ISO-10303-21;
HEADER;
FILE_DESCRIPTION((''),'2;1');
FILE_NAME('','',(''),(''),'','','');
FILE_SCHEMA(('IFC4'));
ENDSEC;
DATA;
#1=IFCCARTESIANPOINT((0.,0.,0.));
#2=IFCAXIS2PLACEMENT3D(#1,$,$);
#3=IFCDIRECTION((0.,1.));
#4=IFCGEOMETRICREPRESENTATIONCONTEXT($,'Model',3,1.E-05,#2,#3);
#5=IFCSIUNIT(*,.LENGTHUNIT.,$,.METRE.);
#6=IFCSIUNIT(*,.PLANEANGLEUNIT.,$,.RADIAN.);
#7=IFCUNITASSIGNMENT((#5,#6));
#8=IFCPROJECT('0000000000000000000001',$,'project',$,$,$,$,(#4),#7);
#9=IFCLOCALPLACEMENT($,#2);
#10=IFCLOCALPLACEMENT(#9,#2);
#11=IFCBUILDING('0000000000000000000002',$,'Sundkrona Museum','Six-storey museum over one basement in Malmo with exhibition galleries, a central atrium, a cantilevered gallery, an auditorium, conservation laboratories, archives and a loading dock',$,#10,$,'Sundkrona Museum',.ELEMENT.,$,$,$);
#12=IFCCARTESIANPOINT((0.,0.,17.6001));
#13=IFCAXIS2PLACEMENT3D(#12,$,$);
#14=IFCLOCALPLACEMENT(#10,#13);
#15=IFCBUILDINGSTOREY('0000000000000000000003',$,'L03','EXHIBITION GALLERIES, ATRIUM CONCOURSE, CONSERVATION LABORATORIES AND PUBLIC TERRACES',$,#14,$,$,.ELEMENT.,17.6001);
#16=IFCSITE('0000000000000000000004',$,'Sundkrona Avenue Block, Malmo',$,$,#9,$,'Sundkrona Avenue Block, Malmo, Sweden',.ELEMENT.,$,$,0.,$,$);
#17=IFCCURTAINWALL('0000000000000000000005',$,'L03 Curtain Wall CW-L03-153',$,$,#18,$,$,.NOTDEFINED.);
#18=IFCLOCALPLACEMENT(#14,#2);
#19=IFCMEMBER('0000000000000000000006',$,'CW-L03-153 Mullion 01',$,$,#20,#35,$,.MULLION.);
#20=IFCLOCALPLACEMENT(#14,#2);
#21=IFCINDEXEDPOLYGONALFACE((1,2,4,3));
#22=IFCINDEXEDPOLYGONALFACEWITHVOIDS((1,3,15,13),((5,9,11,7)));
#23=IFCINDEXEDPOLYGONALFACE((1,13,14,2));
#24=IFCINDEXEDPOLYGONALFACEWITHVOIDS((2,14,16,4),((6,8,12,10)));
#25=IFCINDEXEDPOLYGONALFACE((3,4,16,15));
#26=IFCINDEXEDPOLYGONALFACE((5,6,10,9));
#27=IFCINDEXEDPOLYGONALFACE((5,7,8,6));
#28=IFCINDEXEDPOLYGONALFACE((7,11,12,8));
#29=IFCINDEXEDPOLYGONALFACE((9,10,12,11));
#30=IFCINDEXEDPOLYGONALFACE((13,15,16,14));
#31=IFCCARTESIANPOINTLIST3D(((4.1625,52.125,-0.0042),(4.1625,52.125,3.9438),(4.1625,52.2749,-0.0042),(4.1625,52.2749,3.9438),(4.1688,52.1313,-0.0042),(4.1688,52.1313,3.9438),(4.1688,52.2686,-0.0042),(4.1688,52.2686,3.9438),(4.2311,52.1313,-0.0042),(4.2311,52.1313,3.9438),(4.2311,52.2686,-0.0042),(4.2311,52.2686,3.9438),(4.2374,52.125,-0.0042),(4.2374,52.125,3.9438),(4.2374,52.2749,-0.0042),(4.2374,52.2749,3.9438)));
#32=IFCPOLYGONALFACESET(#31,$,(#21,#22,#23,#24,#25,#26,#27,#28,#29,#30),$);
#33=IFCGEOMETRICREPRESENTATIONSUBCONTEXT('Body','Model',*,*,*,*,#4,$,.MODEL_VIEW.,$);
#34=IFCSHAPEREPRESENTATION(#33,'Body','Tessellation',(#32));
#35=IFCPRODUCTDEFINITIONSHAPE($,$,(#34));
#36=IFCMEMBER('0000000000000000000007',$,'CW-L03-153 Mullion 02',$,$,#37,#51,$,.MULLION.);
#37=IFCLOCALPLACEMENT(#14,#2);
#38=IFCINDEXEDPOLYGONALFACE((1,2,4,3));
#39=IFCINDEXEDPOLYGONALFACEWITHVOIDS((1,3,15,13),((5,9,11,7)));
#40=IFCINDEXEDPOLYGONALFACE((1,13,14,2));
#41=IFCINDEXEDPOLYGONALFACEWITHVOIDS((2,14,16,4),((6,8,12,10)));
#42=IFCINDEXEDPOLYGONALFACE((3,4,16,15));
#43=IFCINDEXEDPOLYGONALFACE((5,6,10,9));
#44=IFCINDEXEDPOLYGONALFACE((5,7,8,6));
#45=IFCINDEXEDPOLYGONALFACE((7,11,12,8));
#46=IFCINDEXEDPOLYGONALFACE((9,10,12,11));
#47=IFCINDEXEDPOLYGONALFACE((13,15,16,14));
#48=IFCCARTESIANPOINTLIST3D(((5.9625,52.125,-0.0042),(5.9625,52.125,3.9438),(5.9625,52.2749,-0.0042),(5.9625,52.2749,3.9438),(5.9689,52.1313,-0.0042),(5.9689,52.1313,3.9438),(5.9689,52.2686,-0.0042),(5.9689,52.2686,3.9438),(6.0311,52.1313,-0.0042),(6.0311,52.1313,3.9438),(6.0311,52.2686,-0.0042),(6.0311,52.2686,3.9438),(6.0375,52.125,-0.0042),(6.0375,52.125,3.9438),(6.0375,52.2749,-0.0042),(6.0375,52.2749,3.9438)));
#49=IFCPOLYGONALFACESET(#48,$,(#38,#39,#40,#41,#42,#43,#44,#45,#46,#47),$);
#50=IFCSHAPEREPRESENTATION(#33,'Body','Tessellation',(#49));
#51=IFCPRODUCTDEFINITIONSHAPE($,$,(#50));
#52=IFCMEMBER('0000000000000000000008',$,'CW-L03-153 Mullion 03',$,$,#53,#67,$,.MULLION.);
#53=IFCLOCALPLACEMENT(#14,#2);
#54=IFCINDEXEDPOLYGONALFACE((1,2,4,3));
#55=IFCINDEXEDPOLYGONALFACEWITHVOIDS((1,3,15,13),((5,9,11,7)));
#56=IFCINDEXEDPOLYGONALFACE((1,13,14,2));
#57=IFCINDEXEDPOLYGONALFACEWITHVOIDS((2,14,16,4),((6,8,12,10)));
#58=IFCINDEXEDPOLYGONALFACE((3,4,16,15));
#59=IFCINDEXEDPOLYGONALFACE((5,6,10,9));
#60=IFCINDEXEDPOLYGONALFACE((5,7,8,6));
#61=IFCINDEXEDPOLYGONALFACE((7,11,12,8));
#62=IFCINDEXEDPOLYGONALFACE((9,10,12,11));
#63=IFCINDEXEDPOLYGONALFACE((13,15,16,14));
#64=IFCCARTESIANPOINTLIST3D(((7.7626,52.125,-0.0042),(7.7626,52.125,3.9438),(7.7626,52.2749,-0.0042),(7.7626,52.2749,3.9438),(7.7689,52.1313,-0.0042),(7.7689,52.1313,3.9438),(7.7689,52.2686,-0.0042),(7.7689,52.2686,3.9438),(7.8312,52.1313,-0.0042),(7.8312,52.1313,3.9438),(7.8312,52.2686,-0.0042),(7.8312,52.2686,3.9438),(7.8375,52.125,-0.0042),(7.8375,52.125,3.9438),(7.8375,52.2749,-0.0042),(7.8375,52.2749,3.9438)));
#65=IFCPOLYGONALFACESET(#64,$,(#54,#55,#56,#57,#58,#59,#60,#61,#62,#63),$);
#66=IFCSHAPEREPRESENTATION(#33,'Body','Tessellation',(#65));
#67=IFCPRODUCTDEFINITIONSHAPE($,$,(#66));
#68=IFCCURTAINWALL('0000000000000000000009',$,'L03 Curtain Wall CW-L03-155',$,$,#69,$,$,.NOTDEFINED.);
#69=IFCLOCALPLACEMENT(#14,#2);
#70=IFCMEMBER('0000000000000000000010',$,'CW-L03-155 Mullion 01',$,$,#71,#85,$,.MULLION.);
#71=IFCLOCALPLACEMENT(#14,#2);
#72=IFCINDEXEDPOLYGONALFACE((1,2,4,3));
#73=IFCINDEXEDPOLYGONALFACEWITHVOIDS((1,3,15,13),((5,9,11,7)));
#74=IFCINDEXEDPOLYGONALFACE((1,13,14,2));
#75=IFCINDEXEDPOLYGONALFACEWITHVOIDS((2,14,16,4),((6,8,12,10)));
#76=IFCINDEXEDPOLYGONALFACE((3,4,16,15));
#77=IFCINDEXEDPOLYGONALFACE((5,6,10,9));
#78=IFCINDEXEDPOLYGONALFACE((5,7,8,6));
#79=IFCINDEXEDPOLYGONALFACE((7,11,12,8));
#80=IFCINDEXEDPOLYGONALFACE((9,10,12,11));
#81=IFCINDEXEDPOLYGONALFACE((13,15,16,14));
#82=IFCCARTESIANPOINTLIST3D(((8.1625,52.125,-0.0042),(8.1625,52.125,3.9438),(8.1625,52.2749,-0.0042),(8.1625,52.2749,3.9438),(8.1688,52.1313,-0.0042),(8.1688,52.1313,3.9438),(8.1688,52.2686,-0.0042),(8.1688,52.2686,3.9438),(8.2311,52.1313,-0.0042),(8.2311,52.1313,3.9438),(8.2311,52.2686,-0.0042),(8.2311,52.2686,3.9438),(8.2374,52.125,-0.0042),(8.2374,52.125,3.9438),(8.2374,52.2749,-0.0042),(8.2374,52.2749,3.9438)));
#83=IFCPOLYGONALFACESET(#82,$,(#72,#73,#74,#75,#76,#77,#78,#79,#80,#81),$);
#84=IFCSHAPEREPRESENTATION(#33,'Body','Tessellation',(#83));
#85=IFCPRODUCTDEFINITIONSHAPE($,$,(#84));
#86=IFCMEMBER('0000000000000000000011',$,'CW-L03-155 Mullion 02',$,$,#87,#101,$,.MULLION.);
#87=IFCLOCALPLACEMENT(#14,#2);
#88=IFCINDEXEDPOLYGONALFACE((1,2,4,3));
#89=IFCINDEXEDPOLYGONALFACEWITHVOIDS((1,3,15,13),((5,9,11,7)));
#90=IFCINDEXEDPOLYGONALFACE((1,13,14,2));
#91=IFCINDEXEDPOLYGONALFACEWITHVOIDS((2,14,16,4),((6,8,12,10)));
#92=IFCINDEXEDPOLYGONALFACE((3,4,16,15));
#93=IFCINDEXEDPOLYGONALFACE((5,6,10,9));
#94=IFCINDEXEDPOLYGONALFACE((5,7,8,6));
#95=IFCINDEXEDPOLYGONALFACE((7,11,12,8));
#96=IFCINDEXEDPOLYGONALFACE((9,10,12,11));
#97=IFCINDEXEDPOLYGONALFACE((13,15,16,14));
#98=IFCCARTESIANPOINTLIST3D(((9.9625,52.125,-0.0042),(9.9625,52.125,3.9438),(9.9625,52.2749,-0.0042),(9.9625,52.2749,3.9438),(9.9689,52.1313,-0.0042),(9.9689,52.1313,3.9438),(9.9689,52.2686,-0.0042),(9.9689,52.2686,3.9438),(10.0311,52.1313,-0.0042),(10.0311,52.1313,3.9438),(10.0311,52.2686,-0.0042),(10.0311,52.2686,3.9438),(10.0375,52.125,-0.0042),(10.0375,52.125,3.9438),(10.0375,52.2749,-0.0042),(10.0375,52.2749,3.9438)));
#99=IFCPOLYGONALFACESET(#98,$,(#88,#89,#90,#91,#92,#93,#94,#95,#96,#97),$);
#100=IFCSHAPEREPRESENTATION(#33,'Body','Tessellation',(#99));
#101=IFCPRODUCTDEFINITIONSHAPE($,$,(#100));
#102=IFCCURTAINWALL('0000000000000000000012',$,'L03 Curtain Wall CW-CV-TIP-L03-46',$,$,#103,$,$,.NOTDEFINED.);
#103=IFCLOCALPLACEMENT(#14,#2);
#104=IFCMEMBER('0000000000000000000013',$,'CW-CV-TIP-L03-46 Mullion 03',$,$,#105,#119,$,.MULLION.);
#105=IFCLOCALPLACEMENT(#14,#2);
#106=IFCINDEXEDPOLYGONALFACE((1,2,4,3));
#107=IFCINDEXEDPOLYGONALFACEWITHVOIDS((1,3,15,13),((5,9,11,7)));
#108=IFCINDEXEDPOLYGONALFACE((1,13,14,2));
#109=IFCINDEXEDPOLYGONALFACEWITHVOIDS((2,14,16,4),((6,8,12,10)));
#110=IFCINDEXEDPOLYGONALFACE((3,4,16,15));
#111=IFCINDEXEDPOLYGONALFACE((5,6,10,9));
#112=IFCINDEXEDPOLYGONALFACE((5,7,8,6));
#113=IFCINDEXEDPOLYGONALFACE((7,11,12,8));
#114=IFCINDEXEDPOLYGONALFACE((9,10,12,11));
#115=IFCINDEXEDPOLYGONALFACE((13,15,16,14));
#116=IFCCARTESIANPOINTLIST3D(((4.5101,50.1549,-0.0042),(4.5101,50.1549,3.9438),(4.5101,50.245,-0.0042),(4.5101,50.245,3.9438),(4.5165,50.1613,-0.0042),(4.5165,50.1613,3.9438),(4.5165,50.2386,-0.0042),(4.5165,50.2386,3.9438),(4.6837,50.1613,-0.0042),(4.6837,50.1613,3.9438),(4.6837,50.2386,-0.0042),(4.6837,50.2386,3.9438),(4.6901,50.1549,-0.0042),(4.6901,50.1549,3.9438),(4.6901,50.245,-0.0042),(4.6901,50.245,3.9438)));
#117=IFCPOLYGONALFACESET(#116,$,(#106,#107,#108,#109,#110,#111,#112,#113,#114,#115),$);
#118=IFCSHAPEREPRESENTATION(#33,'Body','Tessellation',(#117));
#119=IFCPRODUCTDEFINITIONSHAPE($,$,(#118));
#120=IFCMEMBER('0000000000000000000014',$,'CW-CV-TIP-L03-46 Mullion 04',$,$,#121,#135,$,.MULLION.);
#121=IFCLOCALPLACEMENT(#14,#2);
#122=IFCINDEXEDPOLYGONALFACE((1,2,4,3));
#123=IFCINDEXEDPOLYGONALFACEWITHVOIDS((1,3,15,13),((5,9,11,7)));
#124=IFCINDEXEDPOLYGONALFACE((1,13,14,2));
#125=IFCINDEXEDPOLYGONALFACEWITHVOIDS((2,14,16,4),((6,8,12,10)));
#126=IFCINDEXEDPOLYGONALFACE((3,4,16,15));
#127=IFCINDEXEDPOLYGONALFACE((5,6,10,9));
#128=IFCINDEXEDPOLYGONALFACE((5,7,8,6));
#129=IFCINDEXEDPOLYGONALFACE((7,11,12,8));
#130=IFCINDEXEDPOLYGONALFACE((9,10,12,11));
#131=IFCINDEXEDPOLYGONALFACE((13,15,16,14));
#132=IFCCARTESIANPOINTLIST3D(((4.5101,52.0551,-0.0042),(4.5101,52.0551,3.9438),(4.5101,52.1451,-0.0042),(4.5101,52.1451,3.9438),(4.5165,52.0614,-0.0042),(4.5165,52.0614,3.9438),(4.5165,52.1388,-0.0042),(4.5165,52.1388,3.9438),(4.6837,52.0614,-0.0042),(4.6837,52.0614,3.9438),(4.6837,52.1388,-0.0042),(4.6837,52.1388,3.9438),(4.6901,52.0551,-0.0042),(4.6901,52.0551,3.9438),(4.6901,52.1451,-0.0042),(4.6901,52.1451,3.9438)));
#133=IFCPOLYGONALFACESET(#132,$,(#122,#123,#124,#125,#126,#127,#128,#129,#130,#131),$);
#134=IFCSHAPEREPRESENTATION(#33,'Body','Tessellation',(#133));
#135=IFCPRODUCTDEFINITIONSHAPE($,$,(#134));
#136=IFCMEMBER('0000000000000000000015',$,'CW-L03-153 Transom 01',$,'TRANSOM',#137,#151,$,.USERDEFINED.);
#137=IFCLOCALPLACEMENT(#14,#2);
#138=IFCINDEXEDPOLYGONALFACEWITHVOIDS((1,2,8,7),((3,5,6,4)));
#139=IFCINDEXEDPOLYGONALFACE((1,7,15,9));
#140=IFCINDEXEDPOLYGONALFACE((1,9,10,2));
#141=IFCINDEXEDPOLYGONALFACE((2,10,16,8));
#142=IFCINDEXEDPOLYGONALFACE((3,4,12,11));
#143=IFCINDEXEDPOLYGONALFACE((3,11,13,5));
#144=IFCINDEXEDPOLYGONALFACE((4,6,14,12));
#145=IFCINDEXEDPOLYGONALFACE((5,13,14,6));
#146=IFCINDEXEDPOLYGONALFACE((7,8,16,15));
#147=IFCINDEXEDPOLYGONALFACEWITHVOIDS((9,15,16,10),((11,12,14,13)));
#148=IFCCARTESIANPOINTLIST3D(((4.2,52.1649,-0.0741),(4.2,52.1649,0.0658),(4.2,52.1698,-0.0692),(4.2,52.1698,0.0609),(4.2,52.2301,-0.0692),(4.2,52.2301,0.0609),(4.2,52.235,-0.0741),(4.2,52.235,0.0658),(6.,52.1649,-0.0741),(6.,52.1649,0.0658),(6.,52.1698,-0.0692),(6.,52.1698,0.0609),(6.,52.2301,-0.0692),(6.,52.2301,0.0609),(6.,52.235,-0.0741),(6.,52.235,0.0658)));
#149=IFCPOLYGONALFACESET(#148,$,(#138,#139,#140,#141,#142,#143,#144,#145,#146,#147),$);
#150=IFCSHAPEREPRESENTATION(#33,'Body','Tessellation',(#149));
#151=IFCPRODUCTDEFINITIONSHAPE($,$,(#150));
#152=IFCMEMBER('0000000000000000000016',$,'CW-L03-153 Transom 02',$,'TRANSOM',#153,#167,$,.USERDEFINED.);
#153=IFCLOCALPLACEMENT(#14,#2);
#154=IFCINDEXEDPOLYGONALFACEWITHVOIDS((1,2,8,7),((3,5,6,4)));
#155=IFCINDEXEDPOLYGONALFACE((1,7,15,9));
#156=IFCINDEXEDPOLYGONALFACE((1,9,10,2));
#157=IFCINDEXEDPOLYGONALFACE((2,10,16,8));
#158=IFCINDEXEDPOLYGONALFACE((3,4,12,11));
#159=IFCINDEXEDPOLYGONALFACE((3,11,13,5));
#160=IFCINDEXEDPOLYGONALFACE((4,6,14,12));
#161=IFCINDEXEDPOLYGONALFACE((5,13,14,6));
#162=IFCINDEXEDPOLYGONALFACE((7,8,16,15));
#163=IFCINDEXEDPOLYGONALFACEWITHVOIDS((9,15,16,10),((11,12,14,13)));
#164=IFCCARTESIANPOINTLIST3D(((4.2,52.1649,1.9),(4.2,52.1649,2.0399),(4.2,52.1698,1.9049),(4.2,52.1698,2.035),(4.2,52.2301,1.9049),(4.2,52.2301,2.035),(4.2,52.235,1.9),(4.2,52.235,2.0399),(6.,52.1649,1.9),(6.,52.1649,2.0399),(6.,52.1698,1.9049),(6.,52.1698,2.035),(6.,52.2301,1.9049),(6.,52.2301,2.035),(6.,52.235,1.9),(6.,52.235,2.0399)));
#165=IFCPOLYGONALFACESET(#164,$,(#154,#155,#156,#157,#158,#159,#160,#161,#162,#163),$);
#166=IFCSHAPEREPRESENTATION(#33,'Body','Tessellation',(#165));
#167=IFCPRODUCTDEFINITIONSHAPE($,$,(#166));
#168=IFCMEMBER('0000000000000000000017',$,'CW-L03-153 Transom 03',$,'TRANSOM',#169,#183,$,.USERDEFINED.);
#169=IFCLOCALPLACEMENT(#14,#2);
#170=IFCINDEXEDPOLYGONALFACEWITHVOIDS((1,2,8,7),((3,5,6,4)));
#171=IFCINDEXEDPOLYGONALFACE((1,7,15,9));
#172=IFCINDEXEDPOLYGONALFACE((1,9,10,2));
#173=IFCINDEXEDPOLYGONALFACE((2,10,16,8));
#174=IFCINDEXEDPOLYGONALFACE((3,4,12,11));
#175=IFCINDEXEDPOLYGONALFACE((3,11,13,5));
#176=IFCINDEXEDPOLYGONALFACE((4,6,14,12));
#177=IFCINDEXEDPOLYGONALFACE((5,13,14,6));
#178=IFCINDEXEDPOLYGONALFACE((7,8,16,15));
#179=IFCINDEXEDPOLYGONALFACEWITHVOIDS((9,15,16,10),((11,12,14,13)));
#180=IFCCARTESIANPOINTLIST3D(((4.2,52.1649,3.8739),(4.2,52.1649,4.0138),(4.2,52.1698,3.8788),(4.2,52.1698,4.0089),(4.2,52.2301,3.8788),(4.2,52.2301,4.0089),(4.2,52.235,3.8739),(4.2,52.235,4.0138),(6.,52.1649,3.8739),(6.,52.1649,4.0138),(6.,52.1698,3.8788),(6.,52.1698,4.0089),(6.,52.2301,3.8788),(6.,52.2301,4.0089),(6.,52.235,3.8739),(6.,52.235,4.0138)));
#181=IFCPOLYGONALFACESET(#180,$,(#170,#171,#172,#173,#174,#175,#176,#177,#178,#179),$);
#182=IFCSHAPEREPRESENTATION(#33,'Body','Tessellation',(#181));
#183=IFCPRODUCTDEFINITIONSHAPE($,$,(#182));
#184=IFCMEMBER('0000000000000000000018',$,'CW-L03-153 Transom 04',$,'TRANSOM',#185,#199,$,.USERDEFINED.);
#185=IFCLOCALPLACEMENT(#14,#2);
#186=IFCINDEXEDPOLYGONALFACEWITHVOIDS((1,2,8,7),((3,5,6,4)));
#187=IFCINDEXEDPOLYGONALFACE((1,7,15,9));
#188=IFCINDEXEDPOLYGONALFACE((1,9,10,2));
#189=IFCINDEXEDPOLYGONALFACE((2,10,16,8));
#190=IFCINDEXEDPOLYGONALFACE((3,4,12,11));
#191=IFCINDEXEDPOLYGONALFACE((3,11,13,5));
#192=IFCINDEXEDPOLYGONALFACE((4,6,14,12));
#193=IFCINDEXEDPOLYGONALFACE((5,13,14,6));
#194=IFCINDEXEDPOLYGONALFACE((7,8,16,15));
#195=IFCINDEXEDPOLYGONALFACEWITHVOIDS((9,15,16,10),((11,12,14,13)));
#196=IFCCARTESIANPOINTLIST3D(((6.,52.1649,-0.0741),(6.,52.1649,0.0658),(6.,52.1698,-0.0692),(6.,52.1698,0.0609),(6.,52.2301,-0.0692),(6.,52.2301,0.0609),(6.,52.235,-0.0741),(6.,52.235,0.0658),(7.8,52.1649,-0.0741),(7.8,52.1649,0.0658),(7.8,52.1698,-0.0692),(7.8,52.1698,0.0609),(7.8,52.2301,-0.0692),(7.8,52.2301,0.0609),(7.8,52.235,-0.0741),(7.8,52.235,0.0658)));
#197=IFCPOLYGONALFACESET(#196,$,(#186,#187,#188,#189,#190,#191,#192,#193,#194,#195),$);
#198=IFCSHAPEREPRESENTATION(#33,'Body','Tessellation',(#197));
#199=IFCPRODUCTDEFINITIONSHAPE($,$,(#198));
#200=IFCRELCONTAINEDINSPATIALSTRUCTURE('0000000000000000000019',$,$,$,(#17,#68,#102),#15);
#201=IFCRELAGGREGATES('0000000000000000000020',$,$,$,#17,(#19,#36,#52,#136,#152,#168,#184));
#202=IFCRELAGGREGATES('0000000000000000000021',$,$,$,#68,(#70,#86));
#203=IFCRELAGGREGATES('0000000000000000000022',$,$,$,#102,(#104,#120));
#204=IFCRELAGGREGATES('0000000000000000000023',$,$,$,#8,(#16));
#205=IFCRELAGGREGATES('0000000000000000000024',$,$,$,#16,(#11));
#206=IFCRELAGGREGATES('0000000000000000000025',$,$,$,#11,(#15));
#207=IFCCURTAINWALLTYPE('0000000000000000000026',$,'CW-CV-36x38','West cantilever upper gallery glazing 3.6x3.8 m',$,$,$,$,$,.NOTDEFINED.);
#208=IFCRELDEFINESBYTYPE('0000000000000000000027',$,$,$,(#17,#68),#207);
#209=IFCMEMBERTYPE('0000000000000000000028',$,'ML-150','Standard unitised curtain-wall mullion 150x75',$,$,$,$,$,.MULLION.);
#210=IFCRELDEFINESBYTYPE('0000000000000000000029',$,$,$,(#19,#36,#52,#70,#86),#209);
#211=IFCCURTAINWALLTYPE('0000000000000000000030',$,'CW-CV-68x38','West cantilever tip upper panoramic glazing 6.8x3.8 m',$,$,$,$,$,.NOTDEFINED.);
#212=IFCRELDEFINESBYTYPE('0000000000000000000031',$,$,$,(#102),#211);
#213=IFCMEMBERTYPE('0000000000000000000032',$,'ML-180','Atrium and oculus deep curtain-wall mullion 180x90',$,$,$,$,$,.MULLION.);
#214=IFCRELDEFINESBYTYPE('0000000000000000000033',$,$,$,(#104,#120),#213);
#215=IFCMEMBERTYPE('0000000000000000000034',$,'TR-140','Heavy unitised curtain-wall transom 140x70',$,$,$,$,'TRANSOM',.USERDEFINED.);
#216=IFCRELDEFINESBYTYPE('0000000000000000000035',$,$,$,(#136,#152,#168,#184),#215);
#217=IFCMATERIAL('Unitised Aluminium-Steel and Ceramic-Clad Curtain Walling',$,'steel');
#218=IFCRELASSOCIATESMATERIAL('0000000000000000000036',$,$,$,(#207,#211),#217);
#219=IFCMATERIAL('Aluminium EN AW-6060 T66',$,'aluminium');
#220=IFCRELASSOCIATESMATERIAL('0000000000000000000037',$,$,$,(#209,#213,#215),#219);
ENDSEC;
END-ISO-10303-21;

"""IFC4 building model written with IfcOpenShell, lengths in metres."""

from ifc_helpers import new_model, si_unit, direction, frame, origin, origin_2d, place, context, subcontext, project, spatial, hollow_rectangle, extrude, material, material_profile, profile_set, type_object, element, aggregate, save


model = new_model("IFC4")

# Units and contexts
model_context = context("Model", 3, precision=1e-05, world=origin(), true_north=direction((0.0, 1.0)))
body_context = subcontext(model_context, "Body", "Model", "MODEL_VIEW")
ifc_project = project(units=[si_unit("LENGTHUNIT", "METRE"), si_unit("PLANEANGLEUNIT", "RADIAN")], contexts=[model_context])

# Site, building, storey
site_placement = place(None, origin())
site = spatial("IfcSite", under=ifc_project, at=site_placement, Name="Sundkrona Avenue Block, Malmo", LongName="Sundkrona Avenue Block, Malmo, Sweden", CompositionType="ELEMENT", RefElevation=0.0)
building_placement = place(site_placement, origin())
building = spatial("IfcBuilding", under=site, at=building_placement, Name="Sundkrona Museum", Description="Six-storey museum over one basement in Malmo with exhibition galleries, a central atrium, a cantilevered gallery, an auditorium, conservation laboratories, archives and a loading dock", LongName="Sundkrona Museum", CompositionType="ELEMENT")
storey_placement = place(building_placement, frame((0.0, 0.0, 17.6001)))
storey = spatial("IfcBuildingStorey", under=building, at=storey_placement, Name="L03", Description="EXHIBITION GALLERIES, ATRIUM CONCOURSE, CONSERVATION LABORATORIES AND PUBLIC TERRACES", CompositionType="ELEMENT", Elevation=17.6001)

# Curtain walls, members
ifc_material_1 = material(Name="Unitised Aluminium-Steel and Ceramic-Clad Curtain Walling", Category="steel")
curtain_wall_type_1 = type_object("IfcCurtainWallType", Name="CW-CV-36x38", Description="West cantilever upper gallery glazing 3.6x3.8 m", PredefinedType="NOTDEFINED", material=ifc_material_1)
curtain_wall_1_placement = place(storey_placement, origin())
curtain_wall_1 = element("IfcCurtainWall", 1, at=curtain_wall_1_placement, inside=storey, type_object=curtain_wall_type_1, Name="L03 Curtain Wall CW-L03-153", PredefinedType="NOTDEFINED")
ifc_material_2 = material(Name="Aluminium EN AW-6060 T66", Category="aluminium")
ifc_material_profile_1 = material_profile(ifc_material_2, hollow_rectangle(XDim=0.075, YDim=0.1499, WallThickness=0.0063, at=origin_2d()), Name="RHS 150x75x6.3")
ifc_profile_set_1 = profile_set([ifc_material_profile_1], Name="Aluminium EN AW-6060 T66")
member_type_1 = type_object("IfcMemberType", Name="ML-150", Description="Standard unitised curtain-wall mullion 150x75", PredefinedType="MULLION", material=ifc_profile_set_1)
member_1_placement = place(storey_placement, frame((4.2, 52.2, -0.0042), z_axis=(0.0, 0.0, 1.0), x_axis=(1.0, 0.0, 0.0)))
member_1 = element("IfcMember", 2, at=member_1_placement, type_object=member_type_1, Name="CW-L03-153 Mullion 01", PredefinedType="MULLION", context=body_context, shape_type="SweptSolid", body=[
    extrude(hollow_rectangle(XDim=0.075, YDim=0.1499, WallThickness=0.0063, at=origin_2d()), origin(), (0.0, 0.0, 1.0), 3.948),
])
member_2_placement = place(storey_placement, frame((6.0, 52.2, -0.0042), z_axis=(0.0, 0.0, 1.0), x_axis=(1.0, 0.0, 0.0)))
member_2 = element("IfcMember", 3, at=member_2_placement, type_object=member_type_1, Name="CW-L03-153 Mullion 02", PredefinedType="MULLION", context=body_context, shape_type="SweptSolid", body=[
    extrude(hollow_rectangle(XDim=0.075, YDim=0.1499, WallThickness=0.0063, at=origin_2d()), origin(), (0.0, 0.0, 1.0), 3.948),
])
member_3_placement = place(storey_placement, frame((7.8, 52.2, -0.0042), z_axis=(0.0, 0.0, 1.0), x_axis=(1.0, 0.0, 0.0)))
member_3 = element("IfcMember", 4, at=member_3_placement, type_object=member_type_1, Name="CW-L03-153 Mullion 03", PredefinedType="MULLION", context=body_context, shape_type="SweptSolid", body=[
    extrude(hollow_rectangle(XDim=0.075, YDim=0.1499, WallThickness=0.0063, at=origin_2d()), origin(), (0.0, 0.0, 1.0), 3.948),
])
curtain_wall_2_placement = place(storey_placement, origin())
curtain_wall_2 = element("IfcCurtainWall", 5, at=curtain_wall_2_placement, inside=storey, type_object=curtain_wall_type_1, Name="L03 Curtain Wall CW-L03-155", PredefinedType="NOTDEFINED")
member_4_placement = place(storey_placement, frame((8.2, 52.2, -0.0042), z_axis=(0.0, 0.0, 1.0), x_axis=(1.0, 0.0, 0.0)))
member_4 = element("IfcMember", 6, at=member_4_placement, type_object=member_type_1, Name="CW-L03-155 Mullion 01", PredefinedType="MULLION", context=body_context, shape_type="SweptSolid", body=[
    extrude(hollow_rectangle(XDim=0.075, YDim=0.1499, WallThickness=0.0063, at=origin_2d()), origin(), (0.0, 0.0, 1.0), 3.948),
])
member_5_placement = place(storey_placement, frame((10.0, 52.2, -0.0042), z_axis=(0.0, 0.0, 1.0), x_axis=(1.0, 0.0, 0.0)))
member_5 = element("IfcMember", 7, at=member_5_placement, type_object=member_type_1, Name="CW-L03-155 Mullion 02", PredefinedType="MULLION", context=body_context, shape_type="SweptSolid", body=[
    extrude(hollow_rectangle(XDim=0.075, YDim=0.1499, WallThickness=0.0063, at=origin_2d()), origin(), (0.0, 0.0, 1.0), 3.948),
])
curtain_wall_type_2 = type_object("IfcCurtainWallType", Name="CW-CV-68x38", Description="West cantilever tip upper panoramic glazing 6.8x3.8 m", PredefinedType="NOTDEFINED", material=ifc_material_1)
curtain_wall_3_placement = place(storey_placement, origin())
curtain_wall_3 = element("IfcCurtainWall", 8, at=curtain_wall_3_placement, inside=storey, type_object=curtain_wall_type_2, Name="L03 Curtain Wall CW-CV-TIP-L03-46", PredefinedType="NOTDEFINED")
ifc_material_profile_2 = material_profile(ifc_material_2, hollow_rectangle(XDim=0.0901, YDim=0.1799, WallThickness=0.0063, at=origin_2d()), Name="RHS 180x90x6.3")
ifc_profile_set_2 = profile_set([ifc_material_profile_2], Name="Aluminium EN AW-6060 T66")
member_type_2 = type_object("IfcMemberType", Name="ML-180", Description="Atrium and oculus deep curtain-wall mullion 180x90", PredefinedType="MULLION", material=ifc_profile_set_2)
member_6_placement = place(storey_placement, frame((4.6001, 50.2, -0.0042), z_axis=(0.0, 0.0, 1.0), x_axis=(0.0, 1.0, 0.0)))
member_6 = element("IfcMember", 9, at=member_6_placement, type_object=member_type_2, Name="CW-CV-TIP-L03-46 Mullion 03", PredefinedType="MULLION", context=body_context, shape_type="SweptSolid", body=[
    extrude(hollow_rectangle(XDim=0.0901, YDim=0.1799, WallThickness=0.0063, at=origin_2d()), origin(), (0.0, 0.0, 1.0), 3.948),
])
member_7_placement = place(storey_placement, frame((4.6001, 52.1001, -0.0042), z_axis=(0.0, 0.0, 1.0), x_axis=(0.0, 1.0, 0.0)))
member_7 = element("IfcMember", 10, at=member_7_placement, type_object=member_type_2, Name="CW-CV-TIP-L03-46 Mullion 04", PredefinedType="MULLION", context=body_context, shape_type="SweptSolid", body=[
    extrude(hollow_rectangle(XDim=0.0901, YDim=0.1799, WallThickness=0.0063, at=origin_2d()), origin(), (0.0, 0.0, 1.0), 3.948),
])

# Members
ifc_material_profile_3 = material_profile(ifc_material_2, hollow_rectangle(XDim=0.0701, YDim=0.1399, WallThickness=0.0049, at=origin_2d()), Name="RHS 140x70x5.0")
ifc_profile_set_3 = profile_set([ifc_material_profile_3], Name="Aluminium EN AW-6060 T66")
member_type_3 = type_object("IfcMemberType", Name="TR-140", Description="Heavy unitised curtain-wall transom 140x70", ElementType="TRANSOM", PredefinedType="USERDEFINED", material=ifc_profile_set_3)
member_8_placement = place(storey_placement, frame((4.2, 52.2, -0.0042), z_axis=(1.0, 0.0, 0.0), x_axis=(0.0, 1.0, 0.0)))
member_8 = element("IfcMember", 11, at=member_8_placement, type_object=member_type_3, Name="CW-L03-153 Transom 01", ObjectType="TRANSOM", PredefinedType="USERDEFINED", context=body_context, shape_type="SweptSolid", body=[
    extrude(hollow_rectangle(XDim=0.0701, YDim=0.1399, WallThickness=0.0049, at=origin_2d()), origin(), (0.0, 0.0, 1.0), 1.8),
])
member_9_placement = place(storey_placement, frame((4.2, 52.2, 1.97), z_axis=(1.0, 0.0, 0.0), x_axis=(0.0, 1.0, 0.0)))
member_9 = element("IfcMember", 12, at=member_9_placement, type_object=member_type_3, Name="CW-L03-153 Transom 02", ObjectType="TRANSOM", PredefinedType="USERDEFINED", context=body_context, shape_type="SweptSolid", body=[
    extrude(hollow_rectangle(XDim=0.0701, YDim=0.1399, WallThickness=0.0049, at=origin_2d()), origin(), (0.0, 0.0, 1.0), 1.8),
])
member_10_placement = place(storey_placement, frame((4.2, 52.2, 3.9438), z_axis=(1.0, 0.0, 0.0), x_axis=(0.0, 1.0, 0.0)))
member_10 = element("IfcMember", 13, at=member_10_placement, type_object=member_type_3, Name="CW-L03-153 Transom 03", ObjectType="TRANSOM", PredefinedType="USERDEFINED", context=body_context, shape_type="SweptSolid", body=[
    extrude(hollow_rectangle(XDim=0.0701, YDim=0.1399, WallThickness=0.0049, at=origin_2d()), origin(), (0.0, 0.0, 1.0), 1.8),
])
member_11_placement = place(storey_placement, frame((6.0, 52.2, -0.0042), z_axis=(1.0, 0.0, 0.0), x_axis=(0.0, 1.0, 0.0)))
member_11 = element("IfcMember", 14, at=member_11_placement, type_object=member_type_3, Name="CW-L03-153 Transom 04", ObjectType="TRANSOM", PredefinedType="USERDEFINED", context=body_context, shape_type="SweptSolid", body=[
    extrude(hollow_rectangle(XDim=0.0701, YDim=0.1399, WallThickness=0.0049, at=origin_2d()), origin(), (0.0, 0.0, 1.0), 1.8),
])

aggregate(curtain_wall_1, [member_1, member_2, member_3, member_8, member_9, member_10, member_11])
aggregate(curtain_wall_2, [member_4, member_5])
aggregate(curtain_wall_3, [member_6, member_7])

save(model, "model.ifc")
